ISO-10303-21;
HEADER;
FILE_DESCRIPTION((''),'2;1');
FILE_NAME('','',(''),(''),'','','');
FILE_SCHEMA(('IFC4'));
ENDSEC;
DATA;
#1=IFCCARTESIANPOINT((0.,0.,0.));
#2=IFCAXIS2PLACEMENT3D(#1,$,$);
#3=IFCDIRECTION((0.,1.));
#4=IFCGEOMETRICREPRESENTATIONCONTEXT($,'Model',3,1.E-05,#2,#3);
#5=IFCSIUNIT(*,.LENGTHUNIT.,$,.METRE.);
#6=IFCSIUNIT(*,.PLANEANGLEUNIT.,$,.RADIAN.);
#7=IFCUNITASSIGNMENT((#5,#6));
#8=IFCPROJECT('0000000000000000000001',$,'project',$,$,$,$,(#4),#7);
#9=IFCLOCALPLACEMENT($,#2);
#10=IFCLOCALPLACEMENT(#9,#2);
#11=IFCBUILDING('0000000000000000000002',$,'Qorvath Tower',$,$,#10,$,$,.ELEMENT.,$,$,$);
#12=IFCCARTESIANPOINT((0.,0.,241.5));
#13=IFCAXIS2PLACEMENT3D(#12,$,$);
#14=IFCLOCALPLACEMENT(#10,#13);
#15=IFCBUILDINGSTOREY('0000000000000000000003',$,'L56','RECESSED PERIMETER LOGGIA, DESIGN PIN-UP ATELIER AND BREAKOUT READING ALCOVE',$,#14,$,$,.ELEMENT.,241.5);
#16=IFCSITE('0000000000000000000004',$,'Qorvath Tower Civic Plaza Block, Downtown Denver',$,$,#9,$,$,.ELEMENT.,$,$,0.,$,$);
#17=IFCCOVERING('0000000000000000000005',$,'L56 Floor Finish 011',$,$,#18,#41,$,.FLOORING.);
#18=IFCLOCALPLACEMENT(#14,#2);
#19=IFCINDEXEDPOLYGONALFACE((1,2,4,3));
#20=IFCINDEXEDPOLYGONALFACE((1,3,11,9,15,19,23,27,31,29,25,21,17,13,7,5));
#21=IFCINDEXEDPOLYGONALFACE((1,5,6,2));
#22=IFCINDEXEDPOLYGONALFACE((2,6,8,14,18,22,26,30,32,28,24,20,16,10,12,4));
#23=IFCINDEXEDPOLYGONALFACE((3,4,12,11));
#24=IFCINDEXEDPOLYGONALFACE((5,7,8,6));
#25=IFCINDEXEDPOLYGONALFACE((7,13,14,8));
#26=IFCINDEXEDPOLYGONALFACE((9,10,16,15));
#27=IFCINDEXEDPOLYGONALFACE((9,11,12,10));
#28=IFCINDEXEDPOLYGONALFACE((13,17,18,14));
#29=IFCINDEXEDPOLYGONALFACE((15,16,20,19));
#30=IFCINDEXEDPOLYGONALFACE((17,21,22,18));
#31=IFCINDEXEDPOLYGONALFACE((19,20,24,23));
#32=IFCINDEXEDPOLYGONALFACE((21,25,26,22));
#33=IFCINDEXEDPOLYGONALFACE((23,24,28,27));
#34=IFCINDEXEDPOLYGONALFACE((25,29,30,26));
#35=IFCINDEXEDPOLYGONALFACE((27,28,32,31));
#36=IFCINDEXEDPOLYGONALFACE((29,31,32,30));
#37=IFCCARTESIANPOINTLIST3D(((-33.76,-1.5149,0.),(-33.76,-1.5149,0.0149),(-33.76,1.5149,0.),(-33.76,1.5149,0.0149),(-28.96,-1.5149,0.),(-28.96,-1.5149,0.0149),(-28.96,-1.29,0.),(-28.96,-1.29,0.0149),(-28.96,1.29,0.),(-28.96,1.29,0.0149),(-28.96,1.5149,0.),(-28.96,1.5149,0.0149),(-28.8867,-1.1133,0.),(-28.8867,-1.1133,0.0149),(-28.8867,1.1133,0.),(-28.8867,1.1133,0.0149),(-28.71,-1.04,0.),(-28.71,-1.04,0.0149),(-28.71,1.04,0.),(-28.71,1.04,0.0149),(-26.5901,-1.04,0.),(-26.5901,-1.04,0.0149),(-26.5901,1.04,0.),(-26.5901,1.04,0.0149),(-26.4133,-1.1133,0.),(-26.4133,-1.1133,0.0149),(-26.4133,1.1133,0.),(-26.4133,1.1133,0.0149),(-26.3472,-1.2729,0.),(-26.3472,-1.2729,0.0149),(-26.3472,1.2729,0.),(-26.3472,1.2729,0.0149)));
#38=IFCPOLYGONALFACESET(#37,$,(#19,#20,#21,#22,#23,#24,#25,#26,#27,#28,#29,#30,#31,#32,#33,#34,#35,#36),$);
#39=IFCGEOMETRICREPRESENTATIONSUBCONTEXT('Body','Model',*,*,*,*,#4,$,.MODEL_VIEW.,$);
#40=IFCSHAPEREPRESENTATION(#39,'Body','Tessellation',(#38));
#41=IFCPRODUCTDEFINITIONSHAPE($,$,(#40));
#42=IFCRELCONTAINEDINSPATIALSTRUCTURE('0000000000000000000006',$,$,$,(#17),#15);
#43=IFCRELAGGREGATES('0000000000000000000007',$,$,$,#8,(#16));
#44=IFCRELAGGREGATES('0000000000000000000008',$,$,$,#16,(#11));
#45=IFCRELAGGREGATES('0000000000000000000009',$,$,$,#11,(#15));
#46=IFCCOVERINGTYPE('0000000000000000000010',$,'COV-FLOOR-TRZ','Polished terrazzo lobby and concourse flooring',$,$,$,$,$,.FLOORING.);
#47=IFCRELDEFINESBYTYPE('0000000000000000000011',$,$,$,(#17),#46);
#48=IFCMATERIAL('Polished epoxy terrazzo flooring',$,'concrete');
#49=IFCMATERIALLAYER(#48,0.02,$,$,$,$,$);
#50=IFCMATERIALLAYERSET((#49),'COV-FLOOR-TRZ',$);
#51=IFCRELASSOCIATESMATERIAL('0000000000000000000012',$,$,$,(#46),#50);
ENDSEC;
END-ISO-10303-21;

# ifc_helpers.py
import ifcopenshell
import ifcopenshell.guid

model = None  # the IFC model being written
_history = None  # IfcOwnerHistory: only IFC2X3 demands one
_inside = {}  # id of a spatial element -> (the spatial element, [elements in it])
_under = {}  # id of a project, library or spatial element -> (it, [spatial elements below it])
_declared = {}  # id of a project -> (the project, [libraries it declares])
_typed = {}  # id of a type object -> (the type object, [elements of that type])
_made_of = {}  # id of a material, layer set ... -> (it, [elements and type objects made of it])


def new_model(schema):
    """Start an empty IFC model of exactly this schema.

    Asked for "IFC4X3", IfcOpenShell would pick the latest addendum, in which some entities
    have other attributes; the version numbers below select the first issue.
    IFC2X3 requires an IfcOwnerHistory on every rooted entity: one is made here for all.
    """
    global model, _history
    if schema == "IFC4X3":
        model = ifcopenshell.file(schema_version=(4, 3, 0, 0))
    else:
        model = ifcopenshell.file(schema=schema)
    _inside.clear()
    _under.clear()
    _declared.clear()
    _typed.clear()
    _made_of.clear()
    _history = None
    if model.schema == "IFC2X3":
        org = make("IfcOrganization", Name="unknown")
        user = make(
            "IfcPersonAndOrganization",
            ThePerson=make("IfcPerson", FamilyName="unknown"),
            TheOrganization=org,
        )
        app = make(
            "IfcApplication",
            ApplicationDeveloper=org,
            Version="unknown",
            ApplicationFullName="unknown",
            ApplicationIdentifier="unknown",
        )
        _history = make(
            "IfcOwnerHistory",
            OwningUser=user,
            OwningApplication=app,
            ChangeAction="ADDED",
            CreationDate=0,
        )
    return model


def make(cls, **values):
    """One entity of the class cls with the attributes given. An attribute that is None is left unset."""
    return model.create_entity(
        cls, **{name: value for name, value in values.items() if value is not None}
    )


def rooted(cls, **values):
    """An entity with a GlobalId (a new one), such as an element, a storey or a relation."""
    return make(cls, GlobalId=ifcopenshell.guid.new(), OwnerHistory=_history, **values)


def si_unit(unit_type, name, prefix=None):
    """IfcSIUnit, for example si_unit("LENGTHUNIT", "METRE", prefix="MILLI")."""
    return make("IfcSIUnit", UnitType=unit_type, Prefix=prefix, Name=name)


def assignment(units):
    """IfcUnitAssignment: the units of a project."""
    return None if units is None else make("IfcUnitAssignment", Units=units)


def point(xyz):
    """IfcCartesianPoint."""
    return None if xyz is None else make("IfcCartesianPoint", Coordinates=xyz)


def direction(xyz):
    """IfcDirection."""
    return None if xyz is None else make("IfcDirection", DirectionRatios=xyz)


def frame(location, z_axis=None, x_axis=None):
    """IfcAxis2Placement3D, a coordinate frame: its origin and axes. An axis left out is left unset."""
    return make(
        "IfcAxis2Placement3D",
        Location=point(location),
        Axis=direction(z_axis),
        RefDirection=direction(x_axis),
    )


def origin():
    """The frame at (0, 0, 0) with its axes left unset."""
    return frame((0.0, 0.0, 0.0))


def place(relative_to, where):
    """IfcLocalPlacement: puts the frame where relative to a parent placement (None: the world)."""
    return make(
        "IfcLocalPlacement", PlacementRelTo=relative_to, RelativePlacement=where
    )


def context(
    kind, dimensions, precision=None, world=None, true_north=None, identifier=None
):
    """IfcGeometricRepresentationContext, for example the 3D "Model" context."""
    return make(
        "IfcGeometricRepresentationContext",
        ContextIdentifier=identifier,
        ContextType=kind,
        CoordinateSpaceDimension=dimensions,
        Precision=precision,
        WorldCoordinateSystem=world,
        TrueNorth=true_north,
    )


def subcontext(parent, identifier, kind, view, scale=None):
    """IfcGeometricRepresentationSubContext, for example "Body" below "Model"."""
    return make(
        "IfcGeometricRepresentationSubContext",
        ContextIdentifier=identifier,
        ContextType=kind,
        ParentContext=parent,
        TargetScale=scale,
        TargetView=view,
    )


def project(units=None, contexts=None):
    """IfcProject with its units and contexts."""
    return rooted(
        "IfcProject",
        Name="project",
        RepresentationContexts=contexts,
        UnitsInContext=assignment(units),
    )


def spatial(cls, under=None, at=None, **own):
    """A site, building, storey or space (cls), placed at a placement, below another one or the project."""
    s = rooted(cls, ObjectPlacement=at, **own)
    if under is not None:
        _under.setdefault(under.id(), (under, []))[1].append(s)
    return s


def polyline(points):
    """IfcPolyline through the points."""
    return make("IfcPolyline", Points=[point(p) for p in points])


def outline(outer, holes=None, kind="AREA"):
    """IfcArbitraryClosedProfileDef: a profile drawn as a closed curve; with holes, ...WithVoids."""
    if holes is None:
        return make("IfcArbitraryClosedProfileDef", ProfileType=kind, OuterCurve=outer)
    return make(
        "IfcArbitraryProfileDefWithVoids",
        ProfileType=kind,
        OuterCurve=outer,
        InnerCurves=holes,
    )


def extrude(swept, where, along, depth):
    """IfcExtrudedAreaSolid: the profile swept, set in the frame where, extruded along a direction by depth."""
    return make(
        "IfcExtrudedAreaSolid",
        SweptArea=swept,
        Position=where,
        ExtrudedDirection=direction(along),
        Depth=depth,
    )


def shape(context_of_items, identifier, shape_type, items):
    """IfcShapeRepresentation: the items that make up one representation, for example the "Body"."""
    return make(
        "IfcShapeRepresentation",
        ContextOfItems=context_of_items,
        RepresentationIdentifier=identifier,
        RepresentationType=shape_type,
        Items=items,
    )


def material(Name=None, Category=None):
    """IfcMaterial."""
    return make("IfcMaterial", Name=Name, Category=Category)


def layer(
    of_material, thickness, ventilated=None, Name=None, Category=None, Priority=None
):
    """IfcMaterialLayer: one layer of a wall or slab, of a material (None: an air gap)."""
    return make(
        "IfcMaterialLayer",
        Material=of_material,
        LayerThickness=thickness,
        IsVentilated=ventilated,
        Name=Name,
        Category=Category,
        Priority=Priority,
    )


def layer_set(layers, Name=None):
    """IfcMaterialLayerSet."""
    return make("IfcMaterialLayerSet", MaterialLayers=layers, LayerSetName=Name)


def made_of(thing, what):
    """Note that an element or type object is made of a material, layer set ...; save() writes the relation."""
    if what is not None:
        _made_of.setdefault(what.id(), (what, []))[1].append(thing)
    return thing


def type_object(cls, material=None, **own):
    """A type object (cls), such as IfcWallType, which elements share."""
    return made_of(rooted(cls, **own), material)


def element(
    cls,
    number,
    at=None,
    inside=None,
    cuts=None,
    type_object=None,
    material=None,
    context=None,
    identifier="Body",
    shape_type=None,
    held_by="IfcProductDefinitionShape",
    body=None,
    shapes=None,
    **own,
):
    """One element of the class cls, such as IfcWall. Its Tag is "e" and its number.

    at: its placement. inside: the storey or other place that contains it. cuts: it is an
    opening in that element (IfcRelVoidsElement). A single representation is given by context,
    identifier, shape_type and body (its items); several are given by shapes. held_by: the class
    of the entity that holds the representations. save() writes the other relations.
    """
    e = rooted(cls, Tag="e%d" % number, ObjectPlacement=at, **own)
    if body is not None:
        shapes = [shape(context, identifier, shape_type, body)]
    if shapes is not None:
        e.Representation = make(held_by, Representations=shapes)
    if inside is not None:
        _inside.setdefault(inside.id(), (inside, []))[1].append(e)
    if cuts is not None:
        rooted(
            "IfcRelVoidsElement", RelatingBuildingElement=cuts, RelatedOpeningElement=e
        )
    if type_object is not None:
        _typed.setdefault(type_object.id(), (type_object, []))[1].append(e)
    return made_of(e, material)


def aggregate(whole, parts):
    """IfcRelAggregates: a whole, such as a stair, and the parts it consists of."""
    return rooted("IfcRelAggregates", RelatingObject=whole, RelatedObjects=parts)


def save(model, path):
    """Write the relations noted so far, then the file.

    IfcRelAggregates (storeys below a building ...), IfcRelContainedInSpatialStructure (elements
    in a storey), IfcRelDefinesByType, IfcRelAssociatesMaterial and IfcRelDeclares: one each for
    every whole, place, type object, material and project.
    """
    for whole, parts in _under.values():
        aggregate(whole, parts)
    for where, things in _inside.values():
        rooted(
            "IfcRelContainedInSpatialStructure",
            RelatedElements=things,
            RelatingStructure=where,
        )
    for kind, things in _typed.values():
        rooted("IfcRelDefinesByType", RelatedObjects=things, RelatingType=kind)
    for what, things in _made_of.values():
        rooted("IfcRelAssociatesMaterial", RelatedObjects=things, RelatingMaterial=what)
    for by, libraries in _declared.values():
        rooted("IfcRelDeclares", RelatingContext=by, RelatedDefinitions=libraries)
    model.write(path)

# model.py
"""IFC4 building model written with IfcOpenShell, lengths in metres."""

from ifc_helpers import new_model, si_unit, direction, frame, origin, place, context, subcontext, project, spatial, polyline, outline, extrude, material, layer, layer_set, type_object, element, save


model = new_model("IFC4")

# Units and contexts
model_context = context("Model", 3, precision=1e-05, world=origin(), true_north=direction((0.0, 1.0)))
body_context = subcontext(model_context, "Body", "Model", "MODEL_VIEW")
ifc_project = project(units=[si_unit("LENGTHUNIT", "METRE"), si_unit("PLANEANGLEUNIT", "RADIAN")], contexts=[model_context])

# Site, building, storey
site_placement = place(None, origin())
site = spatial("IfcSite", under=ifc_project, at=site_placement, Name="Qorvath Tower Civic Plaza Block, Downtown Denver", CompositionType="ELEMENT", RefElevation=0.0)
building_placement = place(site_placement, origin())
building = spatial("IfcBuilding", under=site, at=building_placement, Name="Qorvath Tower", CompositionType="ELEMENT")
storey_placement = place(building_placement, frame((0.0, 0.0, 241.5)))
storey = spatial("IfcBuildingStorey", under=building, at=storey_placement, Name="L56", Description="RECESSED PERIMETER LOGGIA, DESIGN PIN-UP ATELIER AND BREAKOUT READING ALCOVE", CompositionType="ELEMENT", Elevation=241.5)

# Covering
ifc_material_1 = material(Name="Polished epoxy terrazzo flooring", Category="concrete")
ifc_layer_1 = layer(ifc_material_1, 0.02)
ifc_layer_set_1 = layer_set([ifc_layer_1], Name="COV-FLOOR-TRZ")
covering_type_1 = type_object("IfcCoveringType", Name="COV-FLOOR-TRZ", Description="Polished terrazzo lobby and concourse flooring", PredefinedType="FLOORING", material=ifc_layer_set_1)
covering_1_placement = place(storey_placement, origin())
element("IfcCovering", 1, at=covering_1_placement, inside=storey, type_object=covering_type_1, Name="L56 Floor Finish 011", PredefinedType="FLOORING", context=body_context, shape_type="SweptSolid", body=[
    extrude(outline(polyline([(-26.3472, -1.2729), (-26.3472, 1.2729), (-26.4133, 1.1133), (-26.5901, 1.04), (-28.71, 1.04), (-28.8867, 1.1133), (-28.96, 1.29), (-28.96, 1.5149), (-33.76, 1.5149), (-33.76, -1.5149), (-28.96, -1.5149), (-28.96, -1.29), (-28.8867, -1.1133), (-28.71, -1.04), (-26.5901, -1.04), (-26.4133, -1.1133), (-26.3472, -1.2729)])), origin(), (0.0, 0.0, 1.0), 0.0149),
])

save(model, "model.ifc")
